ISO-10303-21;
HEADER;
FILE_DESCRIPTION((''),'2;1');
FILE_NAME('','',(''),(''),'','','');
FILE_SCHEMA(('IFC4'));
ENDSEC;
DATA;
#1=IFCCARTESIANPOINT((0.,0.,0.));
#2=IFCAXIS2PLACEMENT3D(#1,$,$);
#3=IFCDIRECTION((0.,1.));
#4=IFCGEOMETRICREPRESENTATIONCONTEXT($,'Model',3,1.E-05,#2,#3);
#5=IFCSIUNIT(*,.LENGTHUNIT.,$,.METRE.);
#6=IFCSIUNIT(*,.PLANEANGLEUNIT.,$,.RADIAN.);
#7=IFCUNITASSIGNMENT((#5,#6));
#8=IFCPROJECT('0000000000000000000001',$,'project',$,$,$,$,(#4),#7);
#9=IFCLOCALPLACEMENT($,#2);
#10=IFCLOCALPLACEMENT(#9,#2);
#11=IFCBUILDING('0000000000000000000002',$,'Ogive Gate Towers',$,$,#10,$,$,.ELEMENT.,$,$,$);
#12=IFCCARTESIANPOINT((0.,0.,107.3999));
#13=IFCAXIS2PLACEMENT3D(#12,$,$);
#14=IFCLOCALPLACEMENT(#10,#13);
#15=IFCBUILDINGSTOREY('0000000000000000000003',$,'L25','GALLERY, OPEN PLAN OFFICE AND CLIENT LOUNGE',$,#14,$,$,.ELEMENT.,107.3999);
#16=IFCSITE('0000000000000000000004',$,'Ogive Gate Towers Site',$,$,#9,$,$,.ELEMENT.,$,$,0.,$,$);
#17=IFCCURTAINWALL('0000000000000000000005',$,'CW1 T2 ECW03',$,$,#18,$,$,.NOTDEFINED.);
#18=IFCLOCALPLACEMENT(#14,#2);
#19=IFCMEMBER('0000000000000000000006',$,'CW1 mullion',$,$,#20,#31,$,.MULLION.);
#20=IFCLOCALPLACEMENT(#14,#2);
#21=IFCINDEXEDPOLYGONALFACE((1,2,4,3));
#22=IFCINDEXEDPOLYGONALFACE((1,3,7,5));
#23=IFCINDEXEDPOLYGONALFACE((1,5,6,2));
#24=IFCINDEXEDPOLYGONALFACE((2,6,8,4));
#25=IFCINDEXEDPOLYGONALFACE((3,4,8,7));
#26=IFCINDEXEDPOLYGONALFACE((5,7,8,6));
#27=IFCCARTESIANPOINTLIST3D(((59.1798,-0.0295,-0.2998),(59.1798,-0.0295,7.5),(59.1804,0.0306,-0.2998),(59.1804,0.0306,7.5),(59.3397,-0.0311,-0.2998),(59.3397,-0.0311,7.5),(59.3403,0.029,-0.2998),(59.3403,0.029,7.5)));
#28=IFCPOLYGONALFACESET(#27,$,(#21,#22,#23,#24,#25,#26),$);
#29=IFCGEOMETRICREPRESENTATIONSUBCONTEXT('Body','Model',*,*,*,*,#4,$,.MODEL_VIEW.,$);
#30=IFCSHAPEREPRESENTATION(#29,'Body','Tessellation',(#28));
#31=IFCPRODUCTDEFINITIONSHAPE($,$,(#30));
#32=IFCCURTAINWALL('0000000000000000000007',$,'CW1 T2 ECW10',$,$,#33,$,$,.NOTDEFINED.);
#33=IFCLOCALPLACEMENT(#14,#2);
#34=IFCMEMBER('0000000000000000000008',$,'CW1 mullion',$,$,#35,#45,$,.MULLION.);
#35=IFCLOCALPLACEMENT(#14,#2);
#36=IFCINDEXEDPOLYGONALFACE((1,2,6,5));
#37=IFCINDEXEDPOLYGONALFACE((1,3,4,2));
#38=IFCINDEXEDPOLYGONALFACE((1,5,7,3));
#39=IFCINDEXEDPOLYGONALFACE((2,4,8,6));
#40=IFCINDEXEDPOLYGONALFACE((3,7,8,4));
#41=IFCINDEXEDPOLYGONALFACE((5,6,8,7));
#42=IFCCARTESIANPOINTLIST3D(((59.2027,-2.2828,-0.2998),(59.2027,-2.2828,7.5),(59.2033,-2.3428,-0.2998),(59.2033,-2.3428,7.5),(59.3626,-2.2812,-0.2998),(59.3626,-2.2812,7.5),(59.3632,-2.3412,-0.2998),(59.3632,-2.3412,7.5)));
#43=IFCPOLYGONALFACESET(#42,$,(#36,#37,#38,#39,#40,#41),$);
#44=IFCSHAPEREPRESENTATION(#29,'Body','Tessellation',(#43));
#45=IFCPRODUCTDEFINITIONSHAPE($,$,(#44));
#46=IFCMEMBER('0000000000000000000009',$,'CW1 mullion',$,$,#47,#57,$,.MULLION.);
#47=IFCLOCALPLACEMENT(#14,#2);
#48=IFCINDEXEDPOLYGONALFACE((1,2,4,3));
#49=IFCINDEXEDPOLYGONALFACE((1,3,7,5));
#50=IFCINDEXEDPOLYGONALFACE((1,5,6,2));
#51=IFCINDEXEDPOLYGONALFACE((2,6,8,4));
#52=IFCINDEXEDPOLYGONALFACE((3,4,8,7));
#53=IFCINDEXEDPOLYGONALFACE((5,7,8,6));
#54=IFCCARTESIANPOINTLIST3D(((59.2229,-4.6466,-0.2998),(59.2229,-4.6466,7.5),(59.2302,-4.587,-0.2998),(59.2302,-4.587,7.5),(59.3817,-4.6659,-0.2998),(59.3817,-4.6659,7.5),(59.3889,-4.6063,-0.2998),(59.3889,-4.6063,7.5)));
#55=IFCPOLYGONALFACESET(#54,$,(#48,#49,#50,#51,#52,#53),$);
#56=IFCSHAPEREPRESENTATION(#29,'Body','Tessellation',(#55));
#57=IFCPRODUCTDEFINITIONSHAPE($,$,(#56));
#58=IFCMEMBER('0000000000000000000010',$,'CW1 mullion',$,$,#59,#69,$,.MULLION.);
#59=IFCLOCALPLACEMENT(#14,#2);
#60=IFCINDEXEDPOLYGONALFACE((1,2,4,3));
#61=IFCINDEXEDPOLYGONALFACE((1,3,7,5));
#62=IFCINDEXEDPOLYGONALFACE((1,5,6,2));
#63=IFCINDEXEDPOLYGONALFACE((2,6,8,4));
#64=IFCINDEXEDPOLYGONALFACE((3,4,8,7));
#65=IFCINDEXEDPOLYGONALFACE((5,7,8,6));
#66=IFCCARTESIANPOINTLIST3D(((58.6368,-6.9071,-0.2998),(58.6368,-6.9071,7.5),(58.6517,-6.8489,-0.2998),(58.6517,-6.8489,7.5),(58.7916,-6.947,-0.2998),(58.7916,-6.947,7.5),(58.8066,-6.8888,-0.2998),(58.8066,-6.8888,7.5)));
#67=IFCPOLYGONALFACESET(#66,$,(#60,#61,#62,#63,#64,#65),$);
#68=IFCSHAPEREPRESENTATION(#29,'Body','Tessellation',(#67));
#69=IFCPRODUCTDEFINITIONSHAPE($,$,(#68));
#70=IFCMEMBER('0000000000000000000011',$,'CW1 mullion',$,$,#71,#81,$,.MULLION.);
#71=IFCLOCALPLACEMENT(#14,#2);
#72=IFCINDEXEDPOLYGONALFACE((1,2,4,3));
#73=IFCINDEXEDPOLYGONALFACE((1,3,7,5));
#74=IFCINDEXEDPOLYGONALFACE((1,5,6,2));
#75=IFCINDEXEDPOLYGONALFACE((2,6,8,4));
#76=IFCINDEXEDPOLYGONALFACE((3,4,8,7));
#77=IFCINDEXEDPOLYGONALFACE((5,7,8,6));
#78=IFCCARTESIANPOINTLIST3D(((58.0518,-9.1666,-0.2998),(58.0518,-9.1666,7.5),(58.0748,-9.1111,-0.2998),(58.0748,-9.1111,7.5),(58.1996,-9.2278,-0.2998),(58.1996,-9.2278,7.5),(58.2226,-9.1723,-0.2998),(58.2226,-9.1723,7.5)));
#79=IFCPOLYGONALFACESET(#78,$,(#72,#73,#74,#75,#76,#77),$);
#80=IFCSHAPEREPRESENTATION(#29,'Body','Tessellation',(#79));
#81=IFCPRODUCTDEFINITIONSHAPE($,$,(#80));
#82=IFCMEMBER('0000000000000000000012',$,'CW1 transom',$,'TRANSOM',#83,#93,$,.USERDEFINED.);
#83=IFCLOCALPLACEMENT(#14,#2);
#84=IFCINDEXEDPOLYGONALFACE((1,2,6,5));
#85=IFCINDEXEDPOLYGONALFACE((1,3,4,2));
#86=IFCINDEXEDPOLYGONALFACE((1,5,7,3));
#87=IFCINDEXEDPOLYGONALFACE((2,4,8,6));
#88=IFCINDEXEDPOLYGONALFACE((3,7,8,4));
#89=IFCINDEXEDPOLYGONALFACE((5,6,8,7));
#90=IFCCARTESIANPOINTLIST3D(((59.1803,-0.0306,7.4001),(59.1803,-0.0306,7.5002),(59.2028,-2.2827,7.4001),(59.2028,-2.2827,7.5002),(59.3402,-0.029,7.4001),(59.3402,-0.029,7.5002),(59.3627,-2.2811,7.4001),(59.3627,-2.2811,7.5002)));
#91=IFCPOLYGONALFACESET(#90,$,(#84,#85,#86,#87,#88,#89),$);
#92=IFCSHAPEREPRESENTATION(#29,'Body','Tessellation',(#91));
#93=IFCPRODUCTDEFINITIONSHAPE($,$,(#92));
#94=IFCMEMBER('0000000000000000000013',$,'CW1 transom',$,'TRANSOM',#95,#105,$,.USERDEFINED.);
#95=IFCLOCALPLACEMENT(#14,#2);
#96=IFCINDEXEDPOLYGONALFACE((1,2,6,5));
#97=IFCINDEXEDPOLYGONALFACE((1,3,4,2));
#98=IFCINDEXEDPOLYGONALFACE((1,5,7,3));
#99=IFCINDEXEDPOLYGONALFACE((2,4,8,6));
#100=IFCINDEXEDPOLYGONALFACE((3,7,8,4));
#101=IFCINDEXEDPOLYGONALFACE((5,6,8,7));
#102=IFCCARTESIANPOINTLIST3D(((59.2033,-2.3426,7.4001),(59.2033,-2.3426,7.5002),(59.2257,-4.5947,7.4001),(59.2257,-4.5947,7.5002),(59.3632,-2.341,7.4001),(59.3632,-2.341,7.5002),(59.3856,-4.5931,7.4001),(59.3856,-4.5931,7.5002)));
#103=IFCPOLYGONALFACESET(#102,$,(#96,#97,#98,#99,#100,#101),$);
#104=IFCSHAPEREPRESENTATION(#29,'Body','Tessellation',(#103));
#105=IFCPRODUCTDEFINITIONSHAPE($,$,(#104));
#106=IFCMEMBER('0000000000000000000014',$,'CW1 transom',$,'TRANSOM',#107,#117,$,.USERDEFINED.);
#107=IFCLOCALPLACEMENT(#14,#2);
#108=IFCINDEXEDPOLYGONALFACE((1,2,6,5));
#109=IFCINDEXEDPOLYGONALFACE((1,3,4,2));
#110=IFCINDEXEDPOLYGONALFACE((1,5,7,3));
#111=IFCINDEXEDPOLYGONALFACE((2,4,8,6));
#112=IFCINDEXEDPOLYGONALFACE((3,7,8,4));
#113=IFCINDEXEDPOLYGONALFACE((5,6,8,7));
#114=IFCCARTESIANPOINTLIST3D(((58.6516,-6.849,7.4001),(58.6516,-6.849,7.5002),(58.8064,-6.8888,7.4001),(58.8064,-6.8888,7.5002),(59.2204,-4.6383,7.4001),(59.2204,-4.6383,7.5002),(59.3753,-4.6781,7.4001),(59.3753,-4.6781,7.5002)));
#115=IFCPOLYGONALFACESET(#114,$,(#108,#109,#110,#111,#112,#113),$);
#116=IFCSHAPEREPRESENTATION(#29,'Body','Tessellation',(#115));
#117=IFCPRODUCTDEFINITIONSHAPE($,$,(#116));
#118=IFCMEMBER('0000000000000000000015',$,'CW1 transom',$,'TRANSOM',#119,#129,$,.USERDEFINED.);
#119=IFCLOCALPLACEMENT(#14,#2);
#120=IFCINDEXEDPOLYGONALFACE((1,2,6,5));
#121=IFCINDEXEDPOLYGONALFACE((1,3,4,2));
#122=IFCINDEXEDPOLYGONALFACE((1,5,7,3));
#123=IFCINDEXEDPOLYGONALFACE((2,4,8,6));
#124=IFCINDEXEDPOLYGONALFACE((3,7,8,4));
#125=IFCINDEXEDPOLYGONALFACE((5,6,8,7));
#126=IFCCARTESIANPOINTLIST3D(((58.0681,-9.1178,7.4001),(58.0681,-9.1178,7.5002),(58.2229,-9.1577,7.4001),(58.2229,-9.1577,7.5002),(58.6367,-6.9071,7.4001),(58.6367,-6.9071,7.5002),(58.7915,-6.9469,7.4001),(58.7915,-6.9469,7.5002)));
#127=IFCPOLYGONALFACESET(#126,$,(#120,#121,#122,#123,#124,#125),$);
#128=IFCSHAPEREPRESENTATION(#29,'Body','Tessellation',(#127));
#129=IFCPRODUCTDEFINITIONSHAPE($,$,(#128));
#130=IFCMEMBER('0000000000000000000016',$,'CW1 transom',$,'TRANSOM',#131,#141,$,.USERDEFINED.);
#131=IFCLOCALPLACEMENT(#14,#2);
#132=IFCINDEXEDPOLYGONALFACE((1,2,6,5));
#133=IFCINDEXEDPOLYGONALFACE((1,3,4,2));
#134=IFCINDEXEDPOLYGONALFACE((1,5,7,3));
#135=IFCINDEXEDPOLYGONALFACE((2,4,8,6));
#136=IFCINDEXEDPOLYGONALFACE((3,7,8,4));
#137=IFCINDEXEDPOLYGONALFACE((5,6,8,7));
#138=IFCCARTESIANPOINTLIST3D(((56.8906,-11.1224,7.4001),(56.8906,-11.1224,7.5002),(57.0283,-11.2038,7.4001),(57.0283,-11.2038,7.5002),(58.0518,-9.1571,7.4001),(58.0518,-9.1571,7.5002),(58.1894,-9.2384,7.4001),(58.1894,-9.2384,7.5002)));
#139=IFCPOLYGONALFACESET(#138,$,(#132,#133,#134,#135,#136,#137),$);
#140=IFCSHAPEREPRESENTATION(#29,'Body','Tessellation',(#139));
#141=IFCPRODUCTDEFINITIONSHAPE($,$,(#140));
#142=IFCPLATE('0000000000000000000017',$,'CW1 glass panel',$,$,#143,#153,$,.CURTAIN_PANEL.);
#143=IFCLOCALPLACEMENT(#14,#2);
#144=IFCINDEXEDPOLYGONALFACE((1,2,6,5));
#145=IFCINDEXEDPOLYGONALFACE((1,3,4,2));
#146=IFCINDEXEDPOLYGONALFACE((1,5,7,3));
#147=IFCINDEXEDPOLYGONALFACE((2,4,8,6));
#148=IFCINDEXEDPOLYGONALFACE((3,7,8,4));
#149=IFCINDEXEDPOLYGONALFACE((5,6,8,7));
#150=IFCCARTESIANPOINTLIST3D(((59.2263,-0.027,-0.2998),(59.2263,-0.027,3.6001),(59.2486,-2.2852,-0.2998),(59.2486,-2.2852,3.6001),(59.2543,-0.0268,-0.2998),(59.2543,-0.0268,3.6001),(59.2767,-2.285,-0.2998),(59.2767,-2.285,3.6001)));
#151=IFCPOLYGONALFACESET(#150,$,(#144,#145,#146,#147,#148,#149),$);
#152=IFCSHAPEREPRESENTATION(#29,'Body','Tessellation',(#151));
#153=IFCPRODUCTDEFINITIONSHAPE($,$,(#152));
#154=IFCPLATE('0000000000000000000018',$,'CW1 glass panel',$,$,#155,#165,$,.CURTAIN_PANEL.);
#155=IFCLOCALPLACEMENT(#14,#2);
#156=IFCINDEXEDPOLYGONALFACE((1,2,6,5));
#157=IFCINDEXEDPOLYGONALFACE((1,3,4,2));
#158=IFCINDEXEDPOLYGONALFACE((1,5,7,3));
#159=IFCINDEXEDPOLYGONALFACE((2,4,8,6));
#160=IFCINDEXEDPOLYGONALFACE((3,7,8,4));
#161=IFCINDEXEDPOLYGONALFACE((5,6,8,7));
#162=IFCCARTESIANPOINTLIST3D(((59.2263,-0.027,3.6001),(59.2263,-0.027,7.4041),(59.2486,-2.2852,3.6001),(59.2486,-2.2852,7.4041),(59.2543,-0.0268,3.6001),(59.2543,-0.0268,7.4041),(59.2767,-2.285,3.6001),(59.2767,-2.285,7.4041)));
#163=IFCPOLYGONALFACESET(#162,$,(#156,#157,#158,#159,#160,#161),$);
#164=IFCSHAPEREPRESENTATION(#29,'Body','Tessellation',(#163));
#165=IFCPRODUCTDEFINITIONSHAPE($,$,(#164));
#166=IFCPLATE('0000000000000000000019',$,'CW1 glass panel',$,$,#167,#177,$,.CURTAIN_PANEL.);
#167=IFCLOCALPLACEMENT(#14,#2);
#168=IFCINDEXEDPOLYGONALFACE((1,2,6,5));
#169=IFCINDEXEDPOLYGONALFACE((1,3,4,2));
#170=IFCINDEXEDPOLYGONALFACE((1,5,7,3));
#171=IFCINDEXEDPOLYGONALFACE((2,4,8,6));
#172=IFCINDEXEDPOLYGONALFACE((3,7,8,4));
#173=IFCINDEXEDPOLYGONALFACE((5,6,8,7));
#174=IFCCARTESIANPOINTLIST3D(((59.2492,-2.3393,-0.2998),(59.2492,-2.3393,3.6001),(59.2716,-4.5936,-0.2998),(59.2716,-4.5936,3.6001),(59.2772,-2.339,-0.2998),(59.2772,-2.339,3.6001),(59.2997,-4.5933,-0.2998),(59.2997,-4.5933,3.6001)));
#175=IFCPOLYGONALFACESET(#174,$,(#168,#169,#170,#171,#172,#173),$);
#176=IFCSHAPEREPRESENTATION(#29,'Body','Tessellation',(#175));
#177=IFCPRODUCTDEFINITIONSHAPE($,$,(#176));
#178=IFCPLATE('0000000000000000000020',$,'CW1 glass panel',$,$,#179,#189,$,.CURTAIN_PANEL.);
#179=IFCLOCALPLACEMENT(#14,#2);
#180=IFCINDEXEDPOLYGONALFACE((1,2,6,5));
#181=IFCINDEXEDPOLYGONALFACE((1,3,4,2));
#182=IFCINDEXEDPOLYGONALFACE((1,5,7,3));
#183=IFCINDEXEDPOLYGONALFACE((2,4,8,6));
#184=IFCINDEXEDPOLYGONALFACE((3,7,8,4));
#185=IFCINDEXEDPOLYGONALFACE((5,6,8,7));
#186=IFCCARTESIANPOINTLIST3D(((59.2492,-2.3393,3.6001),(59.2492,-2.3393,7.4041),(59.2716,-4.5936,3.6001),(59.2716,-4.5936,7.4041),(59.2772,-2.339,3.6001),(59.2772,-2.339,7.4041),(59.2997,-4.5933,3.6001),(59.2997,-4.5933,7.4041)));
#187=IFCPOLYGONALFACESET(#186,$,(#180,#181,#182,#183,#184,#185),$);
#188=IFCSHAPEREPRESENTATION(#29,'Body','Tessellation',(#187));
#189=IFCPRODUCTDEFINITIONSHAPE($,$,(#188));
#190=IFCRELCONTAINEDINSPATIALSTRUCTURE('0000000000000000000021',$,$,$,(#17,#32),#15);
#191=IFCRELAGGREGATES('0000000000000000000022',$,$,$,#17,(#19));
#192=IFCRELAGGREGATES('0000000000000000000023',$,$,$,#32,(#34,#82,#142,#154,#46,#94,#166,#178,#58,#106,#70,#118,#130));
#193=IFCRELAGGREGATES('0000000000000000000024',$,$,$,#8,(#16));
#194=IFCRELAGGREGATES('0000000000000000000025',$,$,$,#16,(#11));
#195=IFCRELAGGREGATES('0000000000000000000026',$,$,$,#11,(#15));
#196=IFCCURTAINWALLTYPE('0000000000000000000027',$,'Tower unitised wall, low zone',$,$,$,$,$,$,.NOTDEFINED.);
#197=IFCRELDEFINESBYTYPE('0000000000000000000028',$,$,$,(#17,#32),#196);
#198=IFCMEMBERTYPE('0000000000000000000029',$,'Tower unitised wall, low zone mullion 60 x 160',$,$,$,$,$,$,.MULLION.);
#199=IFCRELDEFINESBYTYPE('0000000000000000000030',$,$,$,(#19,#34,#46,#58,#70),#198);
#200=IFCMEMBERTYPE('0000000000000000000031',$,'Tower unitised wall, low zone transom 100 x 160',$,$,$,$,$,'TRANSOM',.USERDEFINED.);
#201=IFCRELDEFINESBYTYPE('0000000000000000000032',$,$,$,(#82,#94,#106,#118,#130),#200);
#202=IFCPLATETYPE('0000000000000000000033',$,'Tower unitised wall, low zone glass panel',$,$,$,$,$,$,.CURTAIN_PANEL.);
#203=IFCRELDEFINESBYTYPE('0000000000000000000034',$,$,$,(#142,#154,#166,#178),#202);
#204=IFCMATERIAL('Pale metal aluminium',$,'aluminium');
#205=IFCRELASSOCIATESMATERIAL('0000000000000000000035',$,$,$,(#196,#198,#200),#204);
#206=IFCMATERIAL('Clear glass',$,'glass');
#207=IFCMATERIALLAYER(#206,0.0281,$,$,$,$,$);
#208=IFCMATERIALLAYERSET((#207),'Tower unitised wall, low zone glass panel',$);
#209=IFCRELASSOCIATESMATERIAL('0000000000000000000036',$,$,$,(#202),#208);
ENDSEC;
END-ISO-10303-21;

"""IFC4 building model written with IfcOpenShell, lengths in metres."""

from ifc_helpers import new_model, si_unit, direction, frame, origin, origin_2d, place, context, subcontext, project, spatial, rectangle, extrude, material, layer, layer_set, material_profile, profile_set, type_object, element, aggregate, save


model = new_model("IFC4")

# Units and contexts
model_context = context("Model", 3, precision=1e-05, world=origin(), true_north=direction((0.0, 1.0)))
body_context = subcontext(model_context, "Body", "Model", "MODEL_VIEW")
ifc_project = project(units=[si_unit("LENGTHUNIT", "METRE"), si_unit("PLANEANGLEUNIT", "RADIAN")], contexts=[model_context])

# Site, building, storey
site_placement = place(None, origin())
site = spatial("IfcSite", under=ifc_project, at=site_placement, Name="Ogive Gate Towers Site", CompositionType="ELEMENT", RefElevation=0.0)
building_placement = place(site_placement, origin())
building = spatial("IfcBuilding", under=site, at=building_placement, Name="Ogive Gate Towers", CompositionType="ELEMENT")
storey_placement = place(building_placement, frame((0.0, 0.0, 107.3999)))
storey = spatial("IfcBuildingStorey", under=building, at=storey_placement, Name="L25", Description="GALLERY, OPEN PLAN OFFICE AND CLIENT LOUNGE", CompositionType="ELEMENT", Elevation=107.3999)

# Curtain wall, member
ifc_material_1 = material(Name="Pale metal aluminium", Category="aluminium")
curtain_wall_type = type_object("IfcCurtainWallType", Name="Tower unitised wall, low zone", PredefinedType="NOTDEFINED", material=ifc_material_1)
curtain_wall_1_placement = place(storey_placement, origin())
curtain_wall_1 = element("IfcCurtainWall", 1, at=curtain_wall_1_placement, inside=storey, type_object=curtain_wall_type, Name="CW1 T2 ECW03", PredefinedType="NOTDEFINED")
ifc_material_profile_1 = material_profile(ifc_material_1, rectangle(XDim=0.1599, YDim=0.0601, at=origin_2d()), Name="60 x 160 aluminium box")
ifc_profile_set_1 = profile_set([ifc_material_profile_1], Name="Pale metal aluminium")
member_type_1 = type_object("IfcMemberType", Name="Tower unitised wall, low zone mullion 60 x 160", PredefinedType="MULLION", material=ifc_profile_set_1)
member_1_placement = place(storey_placement, frame((59.26, -0.0002, -0.2998), z_axis=(0.0, 0.0, 1.0), x_axis=(-0.999951, 0.009896, 0.0)))
member_1 = element("IfcMember", 2, at=member_1_placement, type_object=member_type_1, Name="CW1 mullion", PredefinedType="MULLION", context=body_context, shape_type="SweptSolid", body=[
    extrude(rectangle(XDim=0.1599, YDim=0.0601, at=origin_2d()), origin(), (0.0, 0.0, 1.0), 7.7998),
])
aggregate(curtain_wall_1, [member_1])

# Curtain wall, members, plates
curtain_wall_2_placement = place(storey_placement, origin())
curtain_wall_2 = element("IfcCurtainWall", 3, at=curtain_wall_2_placement, inside=storey, type_object=curtain_wall_type, Name="CW1 T2 ECW10", PredefinedType="NOTDEFINED")
member_2_placement = place(storey_placement, frame((59.283, -2.312, -0.2998), z_axis=(0.0, 0.0, 1.0), x_axis=(-0.999951, -0.009931, 0.0)))
member_2 = element("IfcMember", 4, at=member_2_placement, type_object=member_type_1, Name="CW1 mullion", PredefinedType="MULLION", context=body_context, shape_type="SweptSolid", body=[
    extrude(rectangle(XDim=0.1599, YDim=0.0601, at=origin_2d()), origin(), (0.0, 0.0, 1.0), 7.7998),
])
member_3_placement = place(storey_placement, frame((59.3059, -4.6265, -0.2998), z_axis=(0.0, 0.0, 1.0), x_axis=(-0.992696, 0.120639, 0.0)))
member_3 = element("IfcMember", 5, at=member_3_placement, type_object=member_type_1, Name="CW1 mullion", PredefinedType="MULLION", context=body_context, shape_type="SweptSolid", body=[
    extrude(rectangle(XDim=0.1599, YDim=0.0601, at=origin_2d()), origin(), (0.0, 0.0, 1.0), 7.7998),
])
member_4_placement = place(storey_placement, frame((58.7217, -6.8979, -0.2998), z_axis=(0.0, 0.0, 1.0), x_axis=(-0.96847, 0.249129, 0.0)))
member_4 = element("IfcMember", 6, at=member_4_placement, type_object=member_type_1, Name="CW1 mullion", PredefinedType="MULLION", context=body_context, shape_type="SweptSolid", body=[
    extrude(rectangle(XDim=0.1599, YDim=0.0601, at=origin_2d()), origin(), (0.0, 0.0, 1.0), 7.7998),
])
member_5_placement = place(storey_placement, frame((58.1372, -9.1694, -0.2998), z_axis=(0.0, 0.0, 1.0), x_axis=(-0.923886, 0.382667, 0.0)))
member_5 = element("IfcMember", 7, at=member_5_placement, type_object=member_type_1, Name="CW1 mullion", PredefinedType="MULLION", context=body_context, shape_type="SweptSolid", body=[
    extrude(rectangle(XDim=0.1599, YDim=0.0601, at=origin_2d()), origin(), (0.0, 0.0, 1.0), 7.7998),
])
ifc_material_profile_2 = material_profile(ifc_material_1, rectangle(XDim=0.1599, YDim=0.1001, at=origin_2d()), Name="100 x 160 aluminium box")
ifc_profile_set_2 = profile_set([ifc_material_profile_2], Name="Pale metal aluminium")
member_type_2 = type_object("IfcMemberType", Name="Tower unitised wall, low zone transom 100 x 160", ElementType="TRANSOM", PredefinedType="USERDEFINED", material=ifc_profile_set_2)
member_6_placement = place(storey_placement, frame((59.2603, -0.0298, 7.4502), z_axis=(0.009972, -0.99995, 0.0), x_axis=(0.99995, 0.009972, 0.0)))
member_6 = element("IfcMember", 8, at=member_6_placement, type_object=member_type_2, Name="CW1 transom", ObjectType="TRANSOM", PredefinedType="USERDEFINED", context=body_context, shape_type="SweptSolid", body=[
    extrude(rectangle(XDim=0.1599, YDim=0.1001, at=origin_2d()), origin(), (0.0, 0.0, 1.0), 2.2522),
])
member_7_placement = place(storey_placement, frame((59.2832, -2.3418, 7.4502), z_axis=(0.009972, -0.99995, 0.0), x_axis=(0.99995, 0.009972, 0.0)))
member_7 = element("IfcMember", 9, at=member_7_placement, type_object=member_type_2, Name="CW1 transom", ObjectType="TRANSOM", PredefinedType="USERDEFINED", context=body_context, shape_type="SweptSolid", body=[
    extrude(rectangle(XDim=0.1599, YDim=0.1001, at=origin_2d()), origin(), (0.0, 0.0, 1.0), 2.2522),
])
member_8_placement = place(storey_placement, frame((59.2979, -4.6582, 7.4502), z_axis=(-0.249199, -0.968452, 0.0), x_axis=(0.968452, -0.249199, 0.0)))
member_8 = element("IfcMember", 10, at=member_8_placement, type_object=member_type_2, Name="CW1 transom", ObjectType="TRANSOM", PredefinedType="USERDEFINED", context=body_context, shape_type="SweptSolid", body=[
    extrude(rectangle(XDim=0.1599, YDim=0.1001, at=origin_2d()), origin(), (0.0, 0.0, 1.0), 2.2827),
])
member_9_placement = place(storey_placement, frame((58.7141, -6.927, 7.4502), z_axis=(-0.249098, -0.968478, 0.0), x_axis=(0.968478, -0.249098, 0.0)))
member_9 = element("IfcMember", 11, at=member_9_placement, type_object=member_type_2, Name="CW1 transom", ObjectType="TRANSOM", PredefinedType="USERDEFINED", context=body_context, shape_type="SweptSolid", body=[
    extrude(rectangle(XDim=0.1599, YDim=0.1001, at=origin_2d()), origin(), (0.0, 0.0, 1.0), 2.2827),
])
member_10_placement = place(storey_placement, frame((58.1206, -9.1978, 7.4502), z_axis=(-0.508664, -0.860965, 0.0), x_axis=(0.860965, -0.508664, 0.0)))
member_10 = element("IfcMember", 12, at=member_10_placement, type_object=member_type_2, Name="CW1 transom", ObjectType="TRANSOM", PredefinedType="USERDEFINED", context=body_context, shape_type="SweptSolid", body=[
    extrude(rectangle(XDim=0.1599, YDim=0.1001, at=origin_2d()), origin(), (0.0, 0.0, 1.0), 2.2827),
])
ifc_material_2 = material(Name="Clear glass", Category="glass")
ifc_layer_1 = layer(ifc_material_2, 0.0281)
ifc_layer_set_1 = layer_set([ifc_layer_1], Name="Tower unitised wall, low zone glass panel")
plate_type = type_object("IfcPlateType", Name="Tower unitised wall, low zone glass panel", PredefinedType="CURTAIN_PANEL", material=ifc_layer_set_1)
plate_1_placement = place(storey_placement, frame((59.2515, -1.156, -0.2998), z_axis=(0.0, 0.0, 1.0), x_axis=(0.009896, -0.999951, 0.0)))
plate_1 = element("IfcPlate", 13, at=plate_1_placement, type_object=plate_type, Name="CW1 glass panel", PredefinedType="CURTAIN_PANEL", context=body_context, shape_type="SweptSolid", body=[
    extrude(rectangle(XDim=2.2583, YDim=0.0281, at=origin_2d()), origin(), (0.0, 0.0, 1.0), 3.8999),
])
plate_2_placement = place(storey_placement, frame((59.2515, -1.156, 3.6001), z_axis=(0.0, 0.0, 1.0), x_axis=(0.009896, -0.999951, 0.0)))
plate_2 = element("IfcPlate", 14, at=plate_2_placement, type_object=plate_type, Name="CW1 glass panel", PredefinedType="CURTAIN_PANEL", context=body_context, shape_type="SweptSolid", body=[
    extrude(rectangle(XDim=2.2583, YDim=0.0281, at=origin_2d()), origin(), (0.0, 0.0, 1.0), 3.804),
])
plate_3_placement = place(storey_placement, frame((59.2744, -3.4663, -0.2998), z_axis=(0.0, 0.0, 1.0), x_axis=(0.009948, -0.999951, 0.0)))
plate_3 = element("IfcPlate", 15, at=plate_3_placement, type_object=plate_type, Name="CW1 glass panel", PredefinedType="CURTAIN_PANEL", context=body_context, shape_type="SweptSolid", body=[
    extrude(rectangle(XDim=2.2544, YDim=0.0281, at=origin_2d()), origin(), (0.0, 0.0, 1.0), 3.8999),
])
plate_4_placement = place(storey_placement, frame((59.2744, -3.4663, 3.6001), z_axis=(0.0, 0.0, 1.0), x_axis=(0.009948, -0.999951, 0.0)))
plate_4 = element("IfcPlate", 16, at=plate_4_placement, type_object=plate_type, Name="CW1 glass panel", PredefinedType="CURTAIN_PANEL", context=body_context, shape_type="SweptSolid", body=[
    extrude(rectangle(XDim=2.2544, YDim=0.0281, at=origin_2d()), origin(), (0.0, 0.0, 1.0), 3.804),
])
aggregate(curtain_wall_2, [member_2, member_6, plate_1, plate_2, member_3, member_7, plate_3, plate_4, member_4, member_8, member_5, member_9, member_10])

save(model, "model.ifc")
